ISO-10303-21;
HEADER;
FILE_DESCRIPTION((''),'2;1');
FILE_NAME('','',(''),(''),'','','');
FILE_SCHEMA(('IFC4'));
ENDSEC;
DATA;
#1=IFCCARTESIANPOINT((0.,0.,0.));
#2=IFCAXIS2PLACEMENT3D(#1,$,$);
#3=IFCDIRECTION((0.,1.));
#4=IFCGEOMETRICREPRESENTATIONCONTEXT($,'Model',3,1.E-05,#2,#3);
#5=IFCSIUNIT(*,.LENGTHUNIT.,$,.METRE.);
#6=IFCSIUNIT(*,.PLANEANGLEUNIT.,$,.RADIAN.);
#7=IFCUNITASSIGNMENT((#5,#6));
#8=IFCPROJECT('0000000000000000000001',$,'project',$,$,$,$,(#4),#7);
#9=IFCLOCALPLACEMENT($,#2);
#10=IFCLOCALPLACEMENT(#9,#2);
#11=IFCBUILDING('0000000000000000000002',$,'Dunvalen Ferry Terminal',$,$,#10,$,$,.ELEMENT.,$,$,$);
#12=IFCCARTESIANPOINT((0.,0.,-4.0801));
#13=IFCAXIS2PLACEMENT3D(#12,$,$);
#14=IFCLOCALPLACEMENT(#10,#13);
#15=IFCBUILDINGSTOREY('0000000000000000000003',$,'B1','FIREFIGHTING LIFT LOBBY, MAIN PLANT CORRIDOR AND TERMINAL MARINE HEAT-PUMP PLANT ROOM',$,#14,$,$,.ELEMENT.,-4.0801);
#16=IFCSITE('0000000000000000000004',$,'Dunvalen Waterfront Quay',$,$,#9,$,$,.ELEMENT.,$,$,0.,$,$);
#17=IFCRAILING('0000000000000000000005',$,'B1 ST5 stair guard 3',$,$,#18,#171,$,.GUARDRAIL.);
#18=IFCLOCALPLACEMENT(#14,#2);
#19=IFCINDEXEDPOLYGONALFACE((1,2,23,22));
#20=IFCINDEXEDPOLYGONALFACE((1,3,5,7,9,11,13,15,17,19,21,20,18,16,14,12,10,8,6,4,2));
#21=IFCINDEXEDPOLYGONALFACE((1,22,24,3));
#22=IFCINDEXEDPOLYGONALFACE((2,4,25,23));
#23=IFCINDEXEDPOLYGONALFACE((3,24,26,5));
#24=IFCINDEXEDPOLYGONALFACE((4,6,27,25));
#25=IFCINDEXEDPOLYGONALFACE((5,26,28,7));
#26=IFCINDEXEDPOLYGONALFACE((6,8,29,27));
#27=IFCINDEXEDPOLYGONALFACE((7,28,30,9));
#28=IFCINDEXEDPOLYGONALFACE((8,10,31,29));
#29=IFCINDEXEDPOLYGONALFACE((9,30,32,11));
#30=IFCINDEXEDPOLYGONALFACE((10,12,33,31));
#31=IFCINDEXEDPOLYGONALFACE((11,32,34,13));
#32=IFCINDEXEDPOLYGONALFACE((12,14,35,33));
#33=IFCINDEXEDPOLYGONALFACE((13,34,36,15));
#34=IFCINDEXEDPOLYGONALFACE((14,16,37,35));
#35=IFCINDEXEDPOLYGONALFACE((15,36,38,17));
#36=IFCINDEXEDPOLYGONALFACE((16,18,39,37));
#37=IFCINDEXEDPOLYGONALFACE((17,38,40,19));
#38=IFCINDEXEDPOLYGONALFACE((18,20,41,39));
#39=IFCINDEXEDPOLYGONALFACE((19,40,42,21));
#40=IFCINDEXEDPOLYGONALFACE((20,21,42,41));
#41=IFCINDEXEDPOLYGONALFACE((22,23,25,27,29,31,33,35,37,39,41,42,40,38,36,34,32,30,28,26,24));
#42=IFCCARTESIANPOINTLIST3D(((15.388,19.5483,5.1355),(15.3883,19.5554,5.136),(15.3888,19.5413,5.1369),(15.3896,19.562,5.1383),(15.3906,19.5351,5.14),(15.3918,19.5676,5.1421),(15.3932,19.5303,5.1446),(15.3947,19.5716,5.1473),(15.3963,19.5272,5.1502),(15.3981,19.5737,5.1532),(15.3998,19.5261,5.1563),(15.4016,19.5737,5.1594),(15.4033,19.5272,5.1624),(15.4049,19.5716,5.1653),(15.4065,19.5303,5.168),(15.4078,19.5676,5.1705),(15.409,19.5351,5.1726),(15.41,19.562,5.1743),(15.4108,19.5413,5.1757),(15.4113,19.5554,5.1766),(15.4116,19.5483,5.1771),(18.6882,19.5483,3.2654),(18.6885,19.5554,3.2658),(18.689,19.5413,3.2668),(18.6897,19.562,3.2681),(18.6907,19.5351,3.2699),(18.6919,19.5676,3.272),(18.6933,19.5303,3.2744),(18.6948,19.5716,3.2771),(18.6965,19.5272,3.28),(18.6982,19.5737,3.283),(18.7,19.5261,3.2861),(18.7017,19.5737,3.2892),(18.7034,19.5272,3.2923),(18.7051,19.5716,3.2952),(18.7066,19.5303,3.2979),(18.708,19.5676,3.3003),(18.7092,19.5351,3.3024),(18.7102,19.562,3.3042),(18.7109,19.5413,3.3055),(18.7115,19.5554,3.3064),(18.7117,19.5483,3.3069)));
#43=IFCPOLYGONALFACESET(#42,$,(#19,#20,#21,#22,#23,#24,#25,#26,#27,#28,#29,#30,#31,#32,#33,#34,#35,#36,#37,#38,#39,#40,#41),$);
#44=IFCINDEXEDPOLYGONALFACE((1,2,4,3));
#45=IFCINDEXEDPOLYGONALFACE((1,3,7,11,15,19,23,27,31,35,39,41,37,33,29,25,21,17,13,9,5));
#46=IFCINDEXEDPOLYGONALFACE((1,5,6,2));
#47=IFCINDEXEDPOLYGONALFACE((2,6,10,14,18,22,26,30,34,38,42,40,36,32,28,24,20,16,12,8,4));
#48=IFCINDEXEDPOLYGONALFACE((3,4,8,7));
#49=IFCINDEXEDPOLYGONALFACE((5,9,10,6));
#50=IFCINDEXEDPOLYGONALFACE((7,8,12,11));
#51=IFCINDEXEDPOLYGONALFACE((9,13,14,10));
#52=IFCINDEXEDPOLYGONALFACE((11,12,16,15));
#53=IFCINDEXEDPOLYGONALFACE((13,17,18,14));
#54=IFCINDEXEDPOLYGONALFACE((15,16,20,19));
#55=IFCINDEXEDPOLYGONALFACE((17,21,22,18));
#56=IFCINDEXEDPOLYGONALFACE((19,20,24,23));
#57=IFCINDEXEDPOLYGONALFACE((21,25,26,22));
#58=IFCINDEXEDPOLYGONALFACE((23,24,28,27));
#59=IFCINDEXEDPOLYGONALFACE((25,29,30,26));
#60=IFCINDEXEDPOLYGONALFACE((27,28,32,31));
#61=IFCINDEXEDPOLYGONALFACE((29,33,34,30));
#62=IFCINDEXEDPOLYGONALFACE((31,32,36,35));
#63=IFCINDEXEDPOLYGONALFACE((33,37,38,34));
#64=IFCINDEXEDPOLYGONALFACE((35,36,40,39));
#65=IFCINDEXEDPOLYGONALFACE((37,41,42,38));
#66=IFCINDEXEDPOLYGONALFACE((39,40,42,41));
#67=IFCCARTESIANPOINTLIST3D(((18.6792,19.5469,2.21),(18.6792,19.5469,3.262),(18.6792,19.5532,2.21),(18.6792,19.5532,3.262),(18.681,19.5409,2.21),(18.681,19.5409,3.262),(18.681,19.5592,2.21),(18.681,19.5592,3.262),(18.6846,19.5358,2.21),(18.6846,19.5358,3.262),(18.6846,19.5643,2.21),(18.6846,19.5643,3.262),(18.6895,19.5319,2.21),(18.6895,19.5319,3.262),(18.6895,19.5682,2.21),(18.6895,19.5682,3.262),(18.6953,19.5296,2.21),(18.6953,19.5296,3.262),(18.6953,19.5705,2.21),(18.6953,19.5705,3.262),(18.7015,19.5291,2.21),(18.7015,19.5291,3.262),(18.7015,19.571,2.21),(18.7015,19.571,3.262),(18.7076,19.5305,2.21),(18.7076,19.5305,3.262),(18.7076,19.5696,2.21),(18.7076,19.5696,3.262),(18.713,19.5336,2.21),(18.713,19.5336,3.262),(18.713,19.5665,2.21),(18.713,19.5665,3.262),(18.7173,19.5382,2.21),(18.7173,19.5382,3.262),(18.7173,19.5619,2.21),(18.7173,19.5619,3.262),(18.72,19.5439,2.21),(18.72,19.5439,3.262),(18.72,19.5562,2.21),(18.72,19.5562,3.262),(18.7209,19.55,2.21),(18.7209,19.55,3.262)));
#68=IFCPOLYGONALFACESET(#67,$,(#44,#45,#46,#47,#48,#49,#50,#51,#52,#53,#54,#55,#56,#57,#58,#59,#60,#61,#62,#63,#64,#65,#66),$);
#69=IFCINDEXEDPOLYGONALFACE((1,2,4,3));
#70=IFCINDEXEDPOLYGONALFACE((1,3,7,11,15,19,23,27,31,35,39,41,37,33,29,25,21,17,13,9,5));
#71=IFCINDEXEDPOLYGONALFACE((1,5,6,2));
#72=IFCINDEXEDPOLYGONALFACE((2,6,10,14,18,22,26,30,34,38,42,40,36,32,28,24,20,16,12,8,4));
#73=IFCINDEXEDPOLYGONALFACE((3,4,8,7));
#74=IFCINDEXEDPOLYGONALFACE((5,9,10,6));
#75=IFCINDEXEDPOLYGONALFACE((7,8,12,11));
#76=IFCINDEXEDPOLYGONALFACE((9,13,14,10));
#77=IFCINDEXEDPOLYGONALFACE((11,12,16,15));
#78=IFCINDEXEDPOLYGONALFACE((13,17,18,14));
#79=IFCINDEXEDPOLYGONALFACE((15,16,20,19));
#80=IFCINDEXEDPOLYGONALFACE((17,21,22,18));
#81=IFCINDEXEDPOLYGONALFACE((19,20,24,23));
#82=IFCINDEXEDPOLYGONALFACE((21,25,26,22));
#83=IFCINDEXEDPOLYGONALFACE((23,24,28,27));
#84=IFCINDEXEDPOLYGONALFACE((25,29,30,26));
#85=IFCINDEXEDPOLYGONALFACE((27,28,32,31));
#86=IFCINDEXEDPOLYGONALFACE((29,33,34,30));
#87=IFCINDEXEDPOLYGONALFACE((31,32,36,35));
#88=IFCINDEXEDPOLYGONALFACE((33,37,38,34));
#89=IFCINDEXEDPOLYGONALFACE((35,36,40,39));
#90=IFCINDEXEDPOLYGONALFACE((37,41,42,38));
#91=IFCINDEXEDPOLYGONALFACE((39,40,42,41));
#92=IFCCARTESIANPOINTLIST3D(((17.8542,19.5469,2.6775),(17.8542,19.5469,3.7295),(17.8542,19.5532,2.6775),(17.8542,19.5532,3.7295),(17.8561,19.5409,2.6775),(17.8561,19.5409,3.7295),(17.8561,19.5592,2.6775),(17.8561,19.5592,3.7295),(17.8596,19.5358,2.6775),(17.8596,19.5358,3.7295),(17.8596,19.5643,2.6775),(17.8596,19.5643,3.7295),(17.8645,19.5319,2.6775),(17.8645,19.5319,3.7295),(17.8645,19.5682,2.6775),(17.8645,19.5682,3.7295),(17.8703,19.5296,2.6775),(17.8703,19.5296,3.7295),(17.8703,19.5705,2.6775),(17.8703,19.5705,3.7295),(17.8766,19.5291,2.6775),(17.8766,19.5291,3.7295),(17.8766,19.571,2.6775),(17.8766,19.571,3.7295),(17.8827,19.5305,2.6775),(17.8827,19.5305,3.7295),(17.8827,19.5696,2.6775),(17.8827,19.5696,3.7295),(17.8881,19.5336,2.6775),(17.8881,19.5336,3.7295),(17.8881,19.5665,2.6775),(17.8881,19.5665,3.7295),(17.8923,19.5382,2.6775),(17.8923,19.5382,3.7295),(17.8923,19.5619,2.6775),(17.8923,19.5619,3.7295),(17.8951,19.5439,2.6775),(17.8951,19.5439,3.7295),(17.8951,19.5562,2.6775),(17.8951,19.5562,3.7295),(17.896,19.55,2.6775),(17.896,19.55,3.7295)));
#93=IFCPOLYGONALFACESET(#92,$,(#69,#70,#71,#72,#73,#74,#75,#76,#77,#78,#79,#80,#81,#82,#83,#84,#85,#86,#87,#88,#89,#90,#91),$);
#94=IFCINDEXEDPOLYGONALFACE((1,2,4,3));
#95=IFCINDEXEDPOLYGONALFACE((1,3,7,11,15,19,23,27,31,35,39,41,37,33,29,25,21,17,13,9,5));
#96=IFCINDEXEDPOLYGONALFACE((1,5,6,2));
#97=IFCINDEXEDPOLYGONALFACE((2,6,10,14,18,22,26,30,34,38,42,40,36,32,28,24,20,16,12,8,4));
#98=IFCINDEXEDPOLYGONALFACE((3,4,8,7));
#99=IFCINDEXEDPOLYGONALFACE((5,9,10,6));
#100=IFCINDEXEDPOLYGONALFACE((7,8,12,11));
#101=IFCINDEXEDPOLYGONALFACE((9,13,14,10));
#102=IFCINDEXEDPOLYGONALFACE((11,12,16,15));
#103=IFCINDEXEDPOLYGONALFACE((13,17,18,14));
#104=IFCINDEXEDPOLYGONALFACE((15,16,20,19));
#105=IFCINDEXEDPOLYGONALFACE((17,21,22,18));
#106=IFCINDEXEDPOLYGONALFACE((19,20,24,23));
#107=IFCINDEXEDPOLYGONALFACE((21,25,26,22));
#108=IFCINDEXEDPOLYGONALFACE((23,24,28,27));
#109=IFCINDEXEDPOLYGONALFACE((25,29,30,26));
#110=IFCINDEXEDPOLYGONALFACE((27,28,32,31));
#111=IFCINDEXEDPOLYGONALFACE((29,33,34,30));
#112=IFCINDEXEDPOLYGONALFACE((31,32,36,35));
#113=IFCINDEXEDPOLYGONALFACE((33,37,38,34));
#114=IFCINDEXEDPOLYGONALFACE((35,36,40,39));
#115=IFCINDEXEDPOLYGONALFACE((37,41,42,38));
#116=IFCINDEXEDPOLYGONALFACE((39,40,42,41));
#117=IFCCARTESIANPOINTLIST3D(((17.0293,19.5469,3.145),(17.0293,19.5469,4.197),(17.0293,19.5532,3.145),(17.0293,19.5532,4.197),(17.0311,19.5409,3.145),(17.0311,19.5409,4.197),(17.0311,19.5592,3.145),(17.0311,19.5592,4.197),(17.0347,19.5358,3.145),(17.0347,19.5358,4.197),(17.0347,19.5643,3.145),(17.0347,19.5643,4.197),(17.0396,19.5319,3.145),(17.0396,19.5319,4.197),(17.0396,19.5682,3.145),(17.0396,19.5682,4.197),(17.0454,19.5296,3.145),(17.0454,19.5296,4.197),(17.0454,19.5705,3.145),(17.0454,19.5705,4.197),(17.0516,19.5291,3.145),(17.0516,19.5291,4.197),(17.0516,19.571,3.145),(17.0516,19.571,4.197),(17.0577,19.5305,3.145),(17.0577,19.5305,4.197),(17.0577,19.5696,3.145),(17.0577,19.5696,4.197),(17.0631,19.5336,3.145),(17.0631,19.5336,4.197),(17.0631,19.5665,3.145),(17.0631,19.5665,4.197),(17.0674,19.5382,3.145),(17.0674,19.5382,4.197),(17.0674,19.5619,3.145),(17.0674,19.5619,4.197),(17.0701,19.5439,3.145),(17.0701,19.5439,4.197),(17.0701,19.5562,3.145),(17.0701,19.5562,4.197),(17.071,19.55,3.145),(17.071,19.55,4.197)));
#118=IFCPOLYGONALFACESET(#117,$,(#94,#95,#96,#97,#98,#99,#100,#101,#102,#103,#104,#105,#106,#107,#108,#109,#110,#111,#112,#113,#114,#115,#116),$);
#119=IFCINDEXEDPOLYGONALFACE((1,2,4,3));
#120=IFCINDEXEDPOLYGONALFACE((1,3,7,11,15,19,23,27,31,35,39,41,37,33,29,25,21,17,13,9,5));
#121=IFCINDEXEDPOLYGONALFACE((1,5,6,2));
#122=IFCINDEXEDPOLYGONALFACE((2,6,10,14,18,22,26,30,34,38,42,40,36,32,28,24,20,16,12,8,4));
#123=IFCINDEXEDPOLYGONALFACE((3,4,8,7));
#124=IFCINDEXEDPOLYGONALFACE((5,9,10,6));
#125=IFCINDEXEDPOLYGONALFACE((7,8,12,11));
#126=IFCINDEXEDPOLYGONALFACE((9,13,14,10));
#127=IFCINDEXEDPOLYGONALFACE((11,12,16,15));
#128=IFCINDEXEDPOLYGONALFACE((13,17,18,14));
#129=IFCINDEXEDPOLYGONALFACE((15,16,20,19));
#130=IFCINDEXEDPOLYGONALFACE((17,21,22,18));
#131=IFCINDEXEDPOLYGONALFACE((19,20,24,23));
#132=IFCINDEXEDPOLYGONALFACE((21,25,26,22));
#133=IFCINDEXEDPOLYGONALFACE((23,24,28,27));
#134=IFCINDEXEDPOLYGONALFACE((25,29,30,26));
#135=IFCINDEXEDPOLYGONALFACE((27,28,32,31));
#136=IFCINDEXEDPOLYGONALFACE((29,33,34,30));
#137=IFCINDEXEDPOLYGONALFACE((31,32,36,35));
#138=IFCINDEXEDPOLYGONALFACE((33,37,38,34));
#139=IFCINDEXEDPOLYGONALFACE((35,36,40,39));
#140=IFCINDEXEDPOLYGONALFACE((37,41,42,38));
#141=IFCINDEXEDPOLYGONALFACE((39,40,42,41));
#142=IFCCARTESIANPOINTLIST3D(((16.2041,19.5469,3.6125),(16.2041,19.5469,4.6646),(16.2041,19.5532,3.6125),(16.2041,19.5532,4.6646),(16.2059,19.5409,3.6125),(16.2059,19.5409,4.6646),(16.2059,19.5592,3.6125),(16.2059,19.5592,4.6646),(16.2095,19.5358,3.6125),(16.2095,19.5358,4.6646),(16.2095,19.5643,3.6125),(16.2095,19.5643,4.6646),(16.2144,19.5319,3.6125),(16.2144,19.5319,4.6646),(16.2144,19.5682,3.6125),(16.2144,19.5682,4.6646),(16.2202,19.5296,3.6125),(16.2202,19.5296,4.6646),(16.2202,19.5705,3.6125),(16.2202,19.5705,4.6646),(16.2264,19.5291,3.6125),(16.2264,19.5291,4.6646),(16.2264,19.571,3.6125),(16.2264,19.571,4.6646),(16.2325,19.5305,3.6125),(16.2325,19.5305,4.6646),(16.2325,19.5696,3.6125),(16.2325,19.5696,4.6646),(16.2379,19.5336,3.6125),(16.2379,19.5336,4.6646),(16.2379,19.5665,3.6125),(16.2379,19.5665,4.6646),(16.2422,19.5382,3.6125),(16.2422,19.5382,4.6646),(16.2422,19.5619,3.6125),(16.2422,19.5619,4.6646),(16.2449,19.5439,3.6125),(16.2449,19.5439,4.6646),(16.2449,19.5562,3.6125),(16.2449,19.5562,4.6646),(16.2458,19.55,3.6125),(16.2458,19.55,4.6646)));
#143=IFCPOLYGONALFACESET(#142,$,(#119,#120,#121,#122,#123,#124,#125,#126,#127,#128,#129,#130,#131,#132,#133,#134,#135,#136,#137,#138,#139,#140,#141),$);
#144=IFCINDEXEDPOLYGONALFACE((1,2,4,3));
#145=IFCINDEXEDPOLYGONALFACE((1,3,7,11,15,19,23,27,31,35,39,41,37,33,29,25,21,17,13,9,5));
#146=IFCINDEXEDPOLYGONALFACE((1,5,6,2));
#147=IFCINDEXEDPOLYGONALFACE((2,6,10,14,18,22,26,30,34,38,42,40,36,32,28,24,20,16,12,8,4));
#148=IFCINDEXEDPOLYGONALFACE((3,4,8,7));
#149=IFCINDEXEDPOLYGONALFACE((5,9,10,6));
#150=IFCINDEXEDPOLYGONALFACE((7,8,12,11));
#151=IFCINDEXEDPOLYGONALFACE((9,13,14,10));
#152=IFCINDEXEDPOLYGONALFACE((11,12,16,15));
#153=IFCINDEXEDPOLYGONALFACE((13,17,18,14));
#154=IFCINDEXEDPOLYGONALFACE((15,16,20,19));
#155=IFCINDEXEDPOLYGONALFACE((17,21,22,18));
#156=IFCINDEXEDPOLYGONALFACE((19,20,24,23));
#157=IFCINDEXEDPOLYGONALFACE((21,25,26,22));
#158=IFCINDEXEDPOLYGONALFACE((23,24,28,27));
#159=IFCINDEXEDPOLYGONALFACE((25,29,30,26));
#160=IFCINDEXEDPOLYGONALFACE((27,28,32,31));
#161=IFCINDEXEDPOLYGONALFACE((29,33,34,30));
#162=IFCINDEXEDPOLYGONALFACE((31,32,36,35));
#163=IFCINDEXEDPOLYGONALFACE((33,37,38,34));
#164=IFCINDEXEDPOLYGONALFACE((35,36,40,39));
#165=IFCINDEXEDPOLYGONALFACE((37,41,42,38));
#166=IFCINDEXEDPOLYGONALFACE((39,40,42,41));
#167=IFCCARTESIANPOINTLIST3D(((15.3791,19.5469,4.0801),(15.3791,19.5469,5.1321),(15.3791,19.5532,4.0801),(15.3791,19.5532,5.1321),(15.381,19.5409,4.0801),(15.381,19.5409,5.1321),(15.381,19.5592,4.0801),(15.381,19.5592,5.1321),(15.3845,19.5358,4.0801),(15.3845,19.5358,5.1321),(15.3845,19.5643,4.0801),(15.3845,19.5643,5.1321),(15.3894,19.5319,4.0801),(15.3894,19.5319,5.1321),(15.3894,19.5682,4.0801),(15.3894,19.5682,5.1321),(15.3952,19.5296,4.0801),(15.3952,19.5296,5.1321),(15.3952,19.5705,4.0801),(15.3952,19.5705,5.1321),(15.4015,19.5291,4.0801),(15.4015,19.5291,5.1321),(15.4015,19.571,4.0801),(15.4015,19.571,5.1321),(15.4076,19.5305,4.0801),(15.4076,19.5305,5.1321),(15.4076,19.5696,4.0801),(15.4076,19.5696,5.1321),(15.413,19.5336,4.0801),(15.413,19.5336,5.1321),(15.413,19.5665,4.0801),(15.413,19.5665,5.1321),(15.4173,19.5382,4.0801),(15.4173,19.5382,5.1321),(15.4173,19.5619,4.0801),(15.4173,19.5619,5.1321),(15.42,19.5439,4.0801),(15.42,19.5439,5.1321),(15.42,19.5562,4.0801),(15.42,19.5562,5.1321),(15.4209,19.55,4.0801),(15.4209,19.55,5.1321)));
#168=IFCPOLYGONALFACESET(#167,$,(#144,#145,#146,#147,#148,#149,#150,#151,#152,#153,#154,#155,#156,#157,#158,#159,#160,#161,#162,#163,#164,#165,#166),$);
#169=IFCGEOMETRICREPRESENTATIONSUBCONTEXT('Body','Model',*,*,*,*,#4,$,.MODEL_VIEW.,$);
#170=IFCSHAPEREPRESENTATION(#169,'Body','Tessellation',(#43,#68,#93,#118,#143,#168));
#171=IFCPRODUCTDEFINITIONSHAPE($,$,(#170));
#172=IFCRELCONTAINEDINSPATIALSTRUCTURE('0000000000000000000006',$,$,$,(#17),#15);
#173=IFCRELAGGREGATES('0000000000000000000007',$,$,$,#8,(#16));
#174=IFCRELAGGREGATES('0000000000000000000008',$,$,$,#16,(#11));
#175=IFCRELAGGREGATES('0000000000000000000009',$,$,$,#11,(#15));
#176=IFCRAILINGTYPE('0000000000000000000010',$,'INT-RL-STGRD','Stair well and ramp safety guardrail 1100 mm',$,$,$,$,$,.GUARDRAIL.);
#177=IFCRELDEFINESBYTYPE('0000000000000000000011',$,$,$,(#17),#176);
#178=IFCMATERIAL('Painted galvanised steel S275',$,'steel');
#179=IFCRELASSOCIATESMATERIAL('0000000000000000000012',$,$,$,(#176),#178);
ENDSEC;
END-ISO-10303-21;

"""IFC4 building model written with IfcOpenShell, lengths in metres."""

from ifc_helpers import new_model, si_unit, direction, frame, origin, origin_2d, place, context, subcontext, project, spatial, circle, extrude, material, type_object, element, save


model = new_model("IFC4")

# Units and contexts
model_context = context("Model", 3, precision=1e-05, world=origin(), true_north=direction((0.0, 1.0)))
body_context = subcontext(model_context, "Body", "Model", "MODEL_VIEW")
ifc_project = project(units=[si_unit("LENGTHUNIT", "METRE"), si_unit("PLANEANGLEUNIT", "RADIAN")], contexts=[model_context])

# Site, building, storey
site_placement = place(None, origin())
site = spatial("IfcSite", under=ifc_project, at=site_placement, Name="Dunvalen Waterfront Quay", CompositionType="ELEMENT", RefElevation=0.0)
building_placement = place(site_placement, origin())
building = spatial("IfcBuilding", under=site, at=building_placement, Name="Dunvalen Ferry Terminal", CompositionType="ELEMENT")
storey_placement = place(building_placement, frame((0.0, 0.0, -4.0801)))
storey = spatial("IfcBuildingStorey", under=building, at=storey_placement, Name="B1", Description="FIREFIGHTING LIFT LOBBY, MAIN PLANT CORRIDOR AND TERMINAL MARINE HEAT-PUMP PLANT ROOM", CompositionType="ELEMENT", Elevation=-4.0801)

# Railing
ifc_material_1 = material(Name="Painted galvanised steel S275", Category="steel")
railing_type_1 = type_object("IfcRailingType", Name="INT-RL-STGRD", Description="Stair well and ramp safety guardrail 1100 mm", PredefinedType="GUARDRAIL", material=ifc_material_1)
railing_1_placement = place(storey_placement, frame((18.7, 19.55, 2.21)))
element("IfcRailing", 1, at=railing_1_placement, inside=storey, type_object=railing_type_1, Name="B1 ST5 stair guard 3", PredefinedType="GUARDRAIL", context=body_context, shape_type="SweptSolid", body=[
    extrude(circle(Radius=0.0239, at=origin_2d()), frame((0.0, 0.0, 1.0762), z_axis=(-0.870012, 0.0, 0.49303), x_axis=(0.0, -1.0, 0.0)), (0.0, 0.0, 1.0), 3.7932),
    extrude(circle(Radius=0.021, at=origin_2d()), origin(), (0.0, 0.0, 1.0), 1.052),
    extrude(circle(Radius=0.021, at=origin_2d()), frame((-0.825, 0.0, 0.4675)), (0.0, 0.0, 1.0), 1.052),
    extrude(circle(Radius=0.021, at=origin_2d()), frame((-1.6499, 0.0, 0.9351)), (0.0, 0.0, 1.0), 1.052),
    extrude(circle(Radius=0.021, at=origin_2d()), frame((-2.4751, 0.0, 1.4026)), (0.0, 0.0, 1.0), 1.052),
    extrude(circle(Radius=0.021, at=origin_2d()), frame((-3.3, 0.0, 1.8701)), (0.0, 0.0, 1.0), 1.052),
])

save(model, "model.ifc")
